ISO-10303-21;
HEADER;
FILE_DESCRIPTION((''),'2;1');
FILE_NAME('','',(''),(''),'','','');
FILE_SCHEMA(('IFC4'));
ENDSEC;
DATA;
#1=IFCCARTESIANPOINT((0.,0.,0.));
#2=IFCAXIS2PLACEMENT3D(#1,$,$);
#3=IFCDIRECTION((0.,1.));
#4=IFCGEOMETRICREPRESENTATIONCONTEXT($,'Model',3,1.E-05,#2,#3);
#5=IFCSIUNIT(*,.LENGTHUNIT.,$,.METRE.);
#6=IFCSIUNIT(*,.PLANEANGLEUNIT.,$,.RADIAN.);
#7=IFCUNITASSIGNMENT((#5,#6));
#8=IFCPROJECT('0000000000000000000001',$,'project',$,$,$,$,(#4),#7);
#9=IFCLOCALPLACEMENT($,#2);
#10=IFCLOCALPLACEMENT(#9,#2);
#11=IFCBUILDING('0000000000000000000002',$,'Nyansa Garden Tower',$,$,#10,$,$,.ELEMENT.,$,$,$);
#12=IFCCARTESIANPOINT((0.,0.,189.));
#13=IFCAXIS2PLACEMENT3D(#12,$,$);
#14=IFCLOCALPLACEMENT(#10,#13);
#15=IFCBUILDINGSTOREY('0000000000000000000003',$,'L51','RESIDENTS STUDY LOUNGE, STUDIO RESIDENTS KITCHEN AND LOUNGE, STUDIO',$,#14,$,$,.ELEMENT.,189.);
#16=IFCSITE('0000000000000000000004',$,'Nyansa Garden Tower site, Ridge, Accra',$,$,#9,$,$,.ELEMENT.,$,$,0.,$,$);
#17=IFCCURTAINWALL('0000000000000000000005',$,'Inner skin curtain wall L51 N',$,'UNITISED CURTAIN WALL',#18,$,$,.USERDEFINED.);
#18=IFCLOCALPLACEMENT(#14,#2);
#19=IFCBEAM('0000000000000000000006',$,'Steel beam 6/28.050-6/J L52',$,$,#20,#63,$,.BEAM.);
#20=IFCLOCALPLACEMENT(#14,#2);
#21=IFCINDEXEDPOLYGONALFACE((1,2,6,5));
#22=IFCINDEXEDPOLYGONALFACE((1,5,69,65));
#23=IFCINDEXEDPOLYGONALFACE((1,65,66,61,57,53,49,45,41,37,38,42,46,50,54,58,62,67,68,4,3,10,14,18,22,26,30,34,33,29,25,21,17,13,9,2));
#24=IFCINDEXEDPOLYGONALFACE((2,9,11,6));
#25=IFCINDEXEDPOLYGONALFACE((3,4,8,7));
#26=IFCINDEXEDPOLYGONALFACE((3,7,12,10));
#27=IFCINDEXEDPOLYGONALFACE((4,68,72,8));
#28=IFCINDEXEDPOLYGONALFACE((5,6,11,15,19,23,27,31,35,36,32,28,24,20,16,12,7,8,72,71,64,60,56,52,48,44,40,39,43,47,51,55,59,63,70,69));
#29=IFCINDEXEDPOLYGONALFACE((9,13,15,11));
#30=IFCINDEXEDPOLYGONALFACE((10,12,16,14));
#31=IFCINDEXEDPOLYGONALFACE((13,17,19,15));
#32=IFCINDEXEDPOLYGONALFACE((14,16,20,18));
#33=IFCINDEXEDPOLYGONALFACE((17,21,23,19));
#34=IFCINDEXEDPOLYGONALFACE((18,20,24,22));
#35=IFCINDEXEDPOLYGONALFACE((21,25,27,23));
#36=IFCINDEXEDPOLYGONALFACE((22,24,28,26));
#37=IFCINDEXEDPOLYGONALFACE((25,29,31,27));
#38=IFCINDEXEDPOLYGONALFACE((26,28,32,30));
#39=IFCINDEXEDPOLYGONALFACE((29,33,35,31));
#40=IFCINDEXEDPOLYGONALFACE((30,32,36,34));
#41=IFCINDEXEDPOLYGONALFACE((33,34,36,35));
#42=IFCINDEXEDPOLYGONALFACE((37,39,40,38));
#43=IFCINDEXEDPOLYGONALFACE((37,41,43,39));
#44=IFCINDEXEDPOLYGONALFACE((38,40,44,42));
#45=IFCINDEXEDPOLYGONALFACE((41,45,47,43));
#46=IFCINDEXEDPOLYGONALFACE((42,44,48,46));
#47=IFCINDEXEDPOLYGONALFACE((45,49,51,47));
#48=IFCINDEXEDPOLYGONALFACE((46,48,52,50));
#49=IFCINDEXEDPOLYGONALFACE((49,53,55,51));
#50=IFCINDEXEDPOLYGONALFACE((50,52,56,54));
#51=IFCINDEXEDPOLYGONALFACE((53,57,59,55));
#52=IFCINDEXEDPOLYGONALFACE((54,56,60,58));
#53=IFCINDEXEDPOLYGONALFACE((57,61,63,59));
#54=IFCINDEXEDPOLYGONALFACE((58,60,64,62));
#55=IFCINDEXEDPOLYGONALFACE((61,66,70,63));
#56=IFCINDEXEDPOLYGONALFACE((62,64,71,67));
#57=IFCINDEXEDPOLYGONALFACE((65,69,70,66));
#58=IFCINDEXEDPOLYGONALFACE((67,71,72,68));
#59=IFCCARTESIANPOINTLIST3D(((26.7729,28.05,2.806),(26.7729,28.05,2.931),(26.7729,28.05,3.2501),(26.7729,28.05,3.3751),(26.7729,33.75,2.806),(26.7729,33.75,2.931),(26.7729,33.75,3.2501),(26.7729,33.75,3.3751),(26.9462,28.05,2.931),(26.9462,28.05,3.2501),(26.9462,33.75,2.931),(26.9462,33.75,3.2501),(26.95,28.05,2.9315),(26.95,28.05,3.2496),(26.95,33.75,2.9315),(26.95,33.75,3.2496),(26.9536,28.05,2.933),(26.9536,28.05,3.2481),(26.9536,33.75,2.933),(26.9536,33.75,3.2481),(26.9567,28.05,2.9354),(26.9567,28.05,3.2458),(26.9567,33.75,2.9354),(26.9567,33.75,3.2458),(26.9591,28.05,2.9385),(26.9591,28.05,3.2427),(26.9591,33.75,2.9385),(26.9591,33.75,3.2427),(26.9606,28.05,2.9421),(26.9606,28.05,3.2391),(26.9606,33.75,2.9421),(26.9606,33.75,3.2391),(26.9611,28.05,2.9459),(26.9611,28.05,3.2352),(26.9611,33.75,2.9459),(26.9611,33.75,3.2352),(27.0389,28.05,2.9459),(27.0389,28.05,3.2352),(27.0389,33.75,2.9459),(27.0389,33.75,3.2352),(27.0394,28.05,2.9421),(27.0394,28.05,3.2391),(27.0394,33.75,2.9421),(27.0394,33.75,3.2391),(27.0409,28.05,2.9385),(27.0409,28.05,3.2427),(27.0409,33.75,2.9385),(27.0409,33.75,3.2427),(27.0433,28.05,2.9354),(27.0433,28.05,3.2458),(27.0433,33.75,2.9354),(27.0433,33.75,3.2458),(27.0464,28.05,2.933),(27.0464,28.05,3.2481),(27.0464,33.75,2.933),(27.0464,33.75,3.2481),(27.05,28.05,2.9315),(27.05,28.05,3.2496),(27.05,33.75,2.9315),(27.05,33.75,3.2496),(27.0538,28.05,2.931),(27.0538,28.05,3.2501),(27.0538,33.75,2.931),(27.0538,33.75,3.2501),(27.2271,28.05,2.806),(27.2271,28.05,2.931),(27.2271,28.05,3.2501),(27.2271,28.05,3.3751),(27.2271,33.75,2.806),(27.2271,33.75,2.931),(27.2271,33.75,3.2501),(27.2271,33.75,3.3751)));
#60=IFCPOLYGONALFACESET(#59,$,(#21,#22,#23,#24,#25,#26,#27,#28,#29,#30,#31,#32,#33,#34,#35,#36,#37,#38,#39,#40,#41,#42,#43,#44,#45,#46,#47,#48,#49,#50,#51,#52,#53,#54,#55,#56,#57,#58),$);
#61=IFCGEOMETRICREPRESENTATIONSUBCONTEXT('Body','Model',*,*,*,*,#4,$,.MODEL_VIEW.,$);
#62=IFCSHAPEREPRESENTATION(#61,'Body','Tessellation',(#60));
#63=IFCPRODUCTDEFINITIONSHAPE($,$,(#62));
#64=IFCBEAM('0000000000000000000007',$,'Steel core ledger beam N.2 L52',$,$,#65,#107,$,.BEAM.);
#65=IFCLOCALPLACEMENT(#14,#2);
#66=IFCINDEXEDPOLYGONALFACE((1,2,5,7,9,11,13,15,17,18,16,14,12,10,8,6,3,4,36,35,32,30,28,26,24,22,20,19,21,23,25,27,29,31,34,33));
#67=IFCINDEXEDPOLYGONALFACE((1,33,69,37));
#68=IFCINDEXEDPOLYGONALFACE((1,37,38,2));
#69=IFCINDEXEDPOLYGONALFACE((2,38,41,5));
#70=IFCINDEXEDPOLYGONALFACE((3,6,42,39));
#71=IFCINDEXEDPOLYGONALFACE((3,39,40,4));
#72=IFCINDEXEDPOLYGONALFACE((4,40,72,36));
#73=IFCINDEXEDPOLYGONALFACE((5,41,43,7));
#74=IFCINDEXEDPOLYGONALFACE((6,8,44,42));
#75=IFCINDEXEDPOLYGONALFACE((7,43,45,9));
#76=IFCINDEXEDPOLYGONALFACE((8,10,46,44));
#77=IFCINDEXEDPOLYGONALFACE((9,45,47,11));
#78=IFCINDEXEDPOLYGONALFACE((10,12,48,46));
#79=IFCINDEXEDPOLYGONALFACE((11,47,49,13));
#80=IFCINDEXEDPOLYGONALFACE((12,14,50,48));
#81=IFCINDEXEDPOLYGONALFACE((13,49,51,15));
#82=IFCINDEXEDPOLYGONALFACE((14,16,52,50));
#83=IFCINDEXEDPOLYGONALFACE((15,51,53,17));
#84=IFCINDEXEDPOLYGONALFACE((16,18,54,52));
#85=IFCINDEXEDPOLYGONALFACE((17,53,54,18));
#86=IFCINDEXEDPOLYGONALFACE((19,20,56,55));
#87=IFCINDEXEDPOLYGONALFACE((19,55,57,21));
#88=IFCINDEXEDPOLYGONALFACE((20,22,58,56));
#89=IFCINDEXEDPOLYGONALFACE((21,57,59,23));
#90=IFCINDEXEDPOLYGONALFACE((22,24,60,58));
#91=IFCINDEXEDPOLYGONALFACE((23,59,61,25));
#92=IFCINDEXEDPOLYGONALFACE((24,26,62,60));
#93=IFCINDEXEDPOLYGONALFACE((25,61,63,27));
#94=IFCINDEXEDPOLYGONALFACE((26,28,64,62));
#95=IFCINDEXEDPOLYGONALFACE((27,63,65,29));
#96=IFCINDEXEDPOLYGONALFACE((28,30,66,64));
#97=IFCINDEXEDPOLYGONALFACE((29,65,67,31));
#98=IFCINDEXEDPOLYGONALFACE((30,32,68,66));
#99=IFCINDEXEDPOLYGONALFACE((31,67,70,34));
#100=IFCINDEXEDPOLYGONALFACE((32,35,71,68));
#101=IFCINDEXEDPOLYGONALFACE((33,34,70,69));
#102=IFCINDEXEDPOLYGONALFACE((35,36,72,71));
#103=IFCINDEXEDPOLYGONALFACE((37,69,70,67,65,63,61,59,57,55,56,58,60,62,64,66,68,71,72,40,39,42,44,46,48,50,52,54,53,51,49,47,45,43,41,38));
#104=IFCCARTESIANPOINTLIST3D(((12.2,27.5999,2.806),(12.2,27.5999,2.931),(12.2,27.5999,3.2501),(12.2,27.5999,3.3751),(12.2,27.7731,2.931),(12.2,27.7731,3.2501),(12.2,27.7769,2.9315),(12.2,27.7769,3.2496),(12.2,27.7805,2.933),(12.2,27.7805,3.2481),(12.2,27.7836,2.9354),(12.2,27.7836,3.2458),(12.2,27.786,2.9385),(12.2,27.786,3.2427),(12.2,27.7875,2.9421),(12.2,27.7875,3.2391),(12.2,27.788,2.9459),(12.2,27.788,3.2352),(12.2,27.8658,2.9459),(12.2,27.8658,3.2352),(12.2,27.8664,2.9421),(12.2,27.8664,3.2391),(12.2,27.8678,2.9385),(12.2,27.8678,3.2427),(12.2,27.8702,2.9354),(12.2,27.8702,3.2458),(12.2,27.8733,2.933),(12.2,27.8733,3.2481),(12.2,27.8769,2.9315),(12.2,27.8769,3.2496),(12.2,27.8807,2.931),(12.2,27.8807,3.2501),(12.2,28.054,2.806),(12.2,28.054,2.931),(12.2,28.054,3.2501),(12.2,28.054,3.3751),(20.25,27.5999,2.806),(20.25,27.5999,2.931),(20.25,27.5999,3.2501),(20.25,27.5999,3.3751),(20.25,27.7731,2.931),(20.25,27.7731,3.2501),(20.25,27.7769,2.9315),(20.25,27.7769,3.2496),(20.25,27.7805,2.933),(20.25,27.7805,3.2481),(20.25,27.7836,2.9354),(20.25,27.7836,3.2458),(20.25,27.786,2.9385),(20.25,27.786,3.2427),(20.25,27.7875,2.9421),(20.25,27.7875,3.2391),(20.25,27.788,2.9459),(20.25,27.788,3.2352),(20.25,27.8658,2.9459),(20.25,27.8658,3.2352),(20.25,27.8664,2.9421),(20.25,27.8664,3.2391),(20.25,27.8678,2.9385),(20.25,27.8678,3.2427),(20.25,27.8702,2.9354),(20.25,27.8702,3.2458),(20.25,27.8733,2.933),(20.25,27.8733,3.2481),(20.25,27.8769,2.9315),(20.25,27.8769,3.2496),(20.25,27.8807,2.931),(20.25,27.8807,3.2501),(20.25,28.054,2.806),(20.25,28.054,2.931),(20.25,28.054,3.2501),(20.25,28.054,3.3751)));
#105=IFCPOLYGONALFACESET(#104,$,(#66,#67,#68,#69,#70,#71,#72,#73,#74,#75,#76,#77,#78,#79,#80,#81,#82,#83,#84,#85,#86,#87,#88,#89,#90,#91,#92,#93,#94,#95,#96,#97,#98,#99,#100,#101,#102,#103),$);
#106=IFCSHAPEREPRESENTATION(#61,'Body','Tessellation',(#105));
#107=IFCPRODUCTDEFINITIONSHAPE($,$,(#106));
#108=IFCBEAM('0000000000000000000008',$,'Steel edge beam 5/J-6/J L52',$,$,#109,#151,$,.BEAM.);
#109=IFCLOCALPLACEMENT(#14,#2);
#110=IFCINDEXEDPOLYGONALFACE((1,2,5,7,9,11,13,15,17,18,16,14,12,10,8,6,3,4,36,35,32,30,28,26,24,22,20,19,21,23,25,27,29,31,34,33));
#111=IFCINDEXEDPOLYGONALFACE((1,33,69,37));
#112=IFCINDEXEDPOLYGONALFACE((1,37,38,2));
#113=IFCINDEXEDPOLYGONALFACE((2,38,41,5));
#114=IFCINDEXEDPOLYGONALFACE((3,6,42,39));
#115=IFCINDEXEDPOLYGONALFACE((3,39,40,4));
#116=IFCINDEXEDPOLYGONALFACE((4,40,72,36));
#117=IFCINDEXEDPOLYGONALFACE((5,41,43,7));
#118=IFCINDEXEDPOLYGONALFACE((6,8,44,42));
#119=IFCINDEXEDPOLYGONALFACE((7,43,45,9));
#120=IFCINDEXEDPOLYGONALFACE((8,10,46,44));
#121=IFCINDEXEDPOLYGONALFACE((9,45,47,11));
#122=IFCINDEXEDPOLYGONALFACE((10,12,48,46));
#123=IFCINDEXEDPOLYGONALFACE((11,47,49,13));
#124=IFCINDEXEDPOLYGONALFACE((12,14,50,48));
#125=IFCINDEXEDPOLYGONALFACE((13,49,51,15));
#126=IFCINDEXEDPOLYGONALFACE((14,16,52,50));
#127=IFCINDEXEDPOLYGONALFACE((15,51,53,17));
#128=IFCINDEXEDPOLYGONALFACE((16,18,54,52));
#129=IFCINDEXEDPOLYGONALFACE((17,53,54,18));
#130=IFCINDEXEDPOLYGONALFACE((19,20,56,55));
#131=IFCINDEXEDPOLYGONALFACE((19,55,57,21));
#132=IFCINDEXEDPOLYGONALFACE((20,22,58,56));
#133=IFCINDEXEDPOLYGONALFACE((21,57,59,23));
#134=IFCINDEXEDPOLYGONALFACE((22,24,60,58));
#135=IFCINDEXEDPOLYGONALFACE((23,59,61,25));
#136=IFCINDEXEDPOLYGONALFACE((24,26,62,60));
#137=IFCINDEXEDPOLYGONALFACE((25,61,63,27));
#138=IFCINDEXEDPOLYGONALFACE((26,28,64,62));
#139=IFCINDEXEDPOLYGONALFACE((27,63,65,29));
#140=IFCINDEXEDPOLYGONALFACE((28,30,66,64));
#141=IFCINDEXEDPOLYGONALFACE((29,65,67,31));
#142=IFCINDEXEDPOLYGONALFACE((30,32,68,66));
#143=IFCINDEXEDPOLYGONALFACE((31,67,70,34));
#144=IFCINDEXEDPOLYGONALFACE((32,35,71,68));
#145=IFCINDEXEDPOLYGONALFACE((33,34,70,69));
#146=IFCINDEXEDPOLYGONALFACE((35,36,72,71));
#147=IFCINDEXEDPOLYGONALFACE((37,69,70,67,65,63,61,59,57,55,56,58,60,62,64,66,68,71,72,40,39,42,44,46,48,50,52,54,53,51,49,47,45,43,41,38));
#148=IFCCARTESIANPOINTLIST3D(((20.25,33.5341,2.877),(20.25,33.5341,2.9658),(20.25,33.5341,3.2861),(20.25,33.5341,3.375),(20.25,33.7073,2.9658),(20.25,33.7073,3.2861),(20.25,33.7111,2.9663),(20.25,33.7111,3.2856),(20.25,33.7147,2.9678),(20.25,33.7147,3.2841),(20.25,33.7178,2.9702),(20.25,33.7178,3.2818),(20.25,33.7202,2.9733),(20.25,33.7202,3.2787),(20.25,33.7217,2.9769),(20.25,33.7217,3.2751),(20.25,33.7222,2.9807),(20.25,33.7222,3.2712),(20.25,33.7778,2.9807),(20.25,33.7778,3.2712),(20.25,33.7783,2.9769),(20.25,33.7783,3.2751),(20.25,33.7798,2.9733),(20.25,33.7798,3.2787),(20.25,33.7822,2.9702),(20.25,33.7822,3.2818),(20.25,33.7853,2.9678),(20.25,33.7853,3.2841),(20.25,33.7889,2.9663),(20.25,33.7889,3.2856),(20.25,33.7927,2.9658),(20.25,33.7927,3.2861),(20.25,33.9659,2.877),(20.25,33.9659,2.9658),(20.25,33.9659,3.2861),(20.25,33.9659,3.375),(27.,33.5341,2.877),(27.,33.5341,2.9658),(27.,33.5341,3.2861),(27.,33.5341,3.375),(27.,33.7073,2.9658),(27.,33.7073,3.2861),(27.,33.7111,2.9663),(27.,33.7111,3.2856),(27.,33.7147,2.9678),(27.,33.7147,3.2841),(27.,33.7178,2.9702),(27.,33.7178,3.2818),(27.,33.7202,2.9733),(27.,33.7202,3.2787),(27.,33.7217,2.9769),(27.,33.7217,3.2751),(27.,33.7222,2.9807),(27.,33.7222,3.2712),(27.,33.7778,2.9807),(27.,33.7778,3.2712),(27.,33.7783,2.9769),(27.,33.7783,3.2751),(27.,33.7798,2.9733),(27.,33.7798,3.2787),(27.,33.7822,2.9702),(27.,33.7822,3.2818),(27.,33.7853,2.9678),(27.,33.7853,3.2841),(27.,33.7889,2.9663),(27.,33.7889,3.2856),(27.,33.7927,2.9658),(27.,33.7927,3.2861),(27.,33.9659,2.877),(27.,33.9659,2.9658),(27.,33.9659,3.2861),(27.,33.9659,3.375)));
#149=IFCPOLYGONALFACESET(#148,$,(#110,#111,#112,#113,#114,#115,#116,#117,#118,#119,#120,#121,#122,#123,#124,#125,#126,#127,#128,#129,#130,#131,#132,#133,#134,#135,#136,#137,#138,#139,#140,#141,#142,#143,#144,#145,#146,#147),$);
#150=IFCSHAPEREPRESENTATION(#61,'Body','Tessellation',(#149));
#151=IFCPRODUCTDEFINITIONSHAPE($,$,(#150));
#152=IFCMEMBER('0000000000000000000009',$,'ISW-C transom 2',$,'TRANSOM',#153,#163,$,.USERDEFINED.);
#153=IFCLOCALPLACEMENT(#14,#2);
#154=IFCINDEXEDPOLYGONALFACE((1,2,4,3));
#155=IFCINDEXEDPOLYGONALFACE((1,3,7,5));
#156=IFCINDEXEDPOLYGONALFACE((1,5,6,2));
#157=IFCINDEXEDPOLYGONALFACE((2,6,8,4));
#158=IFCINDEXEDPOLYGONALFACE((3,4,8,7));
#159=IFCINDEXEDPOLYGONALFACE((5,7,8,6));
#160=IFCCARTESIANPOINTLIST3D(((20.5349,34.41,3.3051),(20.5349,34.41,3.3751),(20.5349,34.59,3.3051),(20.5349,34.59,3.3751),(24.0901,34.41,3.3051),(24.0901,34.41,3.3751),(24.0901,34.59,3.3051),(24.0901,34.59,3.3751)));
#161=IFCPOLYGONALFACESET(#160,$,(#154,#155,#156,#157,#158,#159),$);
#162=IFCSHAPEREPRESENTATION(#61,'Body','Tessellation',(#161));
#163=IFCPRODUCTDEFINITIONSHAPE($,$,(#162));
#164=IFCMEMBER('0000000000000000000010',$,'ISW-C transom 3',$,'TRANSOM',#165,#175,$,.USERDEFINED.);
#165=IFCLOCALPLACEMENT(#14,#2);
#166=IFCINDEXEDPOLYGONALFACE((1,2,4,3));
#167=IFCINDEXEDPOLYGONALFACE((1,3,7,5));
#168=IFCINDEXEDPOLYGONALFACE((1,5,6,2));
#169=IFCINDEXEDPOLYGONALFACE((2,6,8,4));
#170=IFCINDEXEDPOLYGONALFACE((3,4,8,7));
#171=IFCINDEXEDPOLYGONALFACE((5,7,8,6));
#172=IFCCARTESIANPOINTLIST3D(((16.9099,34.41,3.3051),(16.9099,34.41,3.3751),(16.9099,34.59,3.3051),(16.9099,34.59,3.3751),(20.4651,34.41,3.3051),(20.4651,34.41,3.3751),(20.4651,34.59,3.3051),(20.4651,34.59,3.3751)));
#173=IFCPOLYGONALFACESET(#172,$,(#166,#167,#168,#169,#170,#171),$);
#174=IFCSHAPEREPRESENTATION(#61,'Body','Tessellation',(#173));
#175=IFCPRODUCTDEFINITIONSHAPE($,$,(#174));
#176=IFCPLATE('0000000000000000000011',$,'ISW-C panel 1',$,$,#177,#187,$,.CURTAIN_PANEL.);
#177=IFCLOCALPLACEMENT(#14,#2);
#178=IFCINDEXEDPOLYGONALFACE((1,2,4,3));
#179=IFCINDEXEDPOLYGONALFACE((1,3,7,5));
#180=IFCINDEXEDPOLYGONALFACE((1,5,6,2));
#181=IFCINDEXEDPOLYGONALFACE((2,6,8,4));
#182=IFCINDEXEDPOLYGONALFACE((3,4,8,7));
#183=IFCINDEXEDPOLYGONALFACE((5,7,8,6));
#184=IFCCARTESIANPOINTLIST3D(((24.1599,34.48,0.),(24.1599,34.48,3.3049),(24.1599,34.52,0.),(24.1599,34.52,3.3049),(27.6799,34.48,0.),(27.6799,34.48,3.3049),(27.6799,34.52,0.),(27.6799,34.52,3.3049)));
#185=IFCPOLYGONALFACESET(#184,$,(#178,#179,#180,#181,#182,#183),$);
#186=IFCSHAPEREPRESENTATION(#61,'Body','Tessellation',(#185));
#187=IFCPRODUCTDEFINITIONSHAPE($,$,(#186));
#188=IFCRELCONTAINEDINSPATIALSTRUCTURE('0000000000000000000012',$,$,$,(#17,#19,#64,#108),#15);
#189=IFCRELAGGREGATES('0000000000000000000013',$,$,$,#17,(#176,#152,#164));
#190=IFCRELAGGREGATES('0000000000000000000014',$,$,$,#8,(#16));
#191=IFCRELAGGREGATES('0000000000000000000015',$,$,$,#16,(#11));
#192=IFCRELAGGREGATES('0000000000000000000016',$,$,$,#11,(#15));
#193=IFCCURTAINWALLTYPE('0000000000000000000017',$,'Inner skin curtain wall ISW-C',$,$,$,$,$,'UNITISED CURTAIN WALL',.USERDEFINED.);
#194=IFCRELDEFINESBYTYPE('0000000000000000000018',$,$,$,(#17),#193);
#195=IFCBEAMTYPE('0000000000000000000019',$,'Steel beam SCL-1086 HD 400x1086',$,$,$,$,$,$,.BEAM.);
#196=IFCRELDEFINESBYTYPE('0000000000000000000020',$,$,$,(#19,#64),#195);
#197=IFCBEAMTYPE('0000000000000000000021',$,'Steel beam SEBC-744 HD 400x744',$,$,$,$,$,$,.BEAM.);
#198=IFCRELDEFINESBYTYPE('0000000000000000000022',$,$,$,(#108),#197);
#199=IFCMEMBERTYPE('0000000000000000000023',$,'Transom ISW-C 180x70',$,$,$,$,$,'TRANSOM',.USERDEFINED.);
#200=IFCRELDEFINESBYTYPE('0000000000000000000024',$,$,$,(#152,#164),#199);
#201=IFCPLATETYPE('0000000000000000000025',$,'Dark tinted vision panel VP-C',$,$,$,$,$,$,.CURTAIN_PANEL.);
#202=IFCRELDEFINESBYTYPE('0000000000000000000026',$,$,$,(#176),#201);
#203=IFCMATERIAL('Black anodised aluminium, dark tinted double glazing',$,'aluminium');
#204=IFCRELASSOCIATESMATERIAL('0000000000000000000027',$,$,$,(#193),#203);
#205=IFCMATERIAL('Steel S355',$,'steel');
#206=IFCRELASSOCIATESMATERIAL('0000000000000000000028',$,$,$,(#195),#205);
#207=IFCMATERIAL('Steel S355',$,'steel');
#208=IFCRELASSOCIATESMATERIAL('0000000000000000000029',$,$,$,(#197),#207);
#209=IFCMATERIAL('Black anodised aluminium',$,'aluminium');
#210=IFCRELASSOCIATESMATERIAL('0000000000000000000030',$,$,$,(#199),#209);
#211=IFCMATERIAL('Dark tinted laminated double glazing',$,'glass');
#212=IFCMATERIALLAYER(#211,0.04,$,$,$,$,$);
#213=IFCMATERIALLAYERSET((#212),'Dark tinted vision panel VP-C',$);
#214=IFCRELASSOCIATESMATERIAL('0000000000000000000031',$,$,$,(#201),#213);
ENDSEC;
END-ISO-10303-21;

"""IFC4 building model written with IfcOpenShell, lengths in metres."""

from ifc_helpers import new_model, si_unit, direction, frame, origin, origin_2d, place, context, subcontext, project, spatial, rectangle, i_section, extrude, material, layer, layer_set, material_profile, profile_set, type_object, element, aggregate, save


model = new_model("IFC4")

# Units and contexts
model_context = context("Model", 3, precision=1e-05, world=origin(), true_north=direction((0.0, 1.0)))
body_context = subcontext(model_context, "Body", "Model", "MODEL_VIEW")
ifc_project = project(units=[si_unit("LENGTHUNIT", "METRE"), si_unit("PLANEANGLEUNIT", "RADIAN")], contexts=[model_context])

# Site, building, storey
site_placement = place(None, origin())
site = spatial("IfcSite", under=ifc_project, at=site_placement, Name="Nyansa Garden Tower site, Ridge, Accra", CompositionType="ELEMENT", RefElevation=0.0)
building_placement = place(site_placement, origin())
building = spatial("IfcBuilding", under=site, at=building_placement, Name="Nyansa Garden Tower", CompositionType="ELEMENT")
storey_placement = place(building_placement, frame((0.0, 0.0, 189.0)))
storey = spatial("IfcBuildingStorey", under=building, at=storey_placement, Name="L51", Description="RESIDENTS STUDY LOUNGE, STUDIO RESIDENTS KITCHEN AND LOUNGE, STUDIO", CompositionType="ELEMENT", Elevation=189.0)

# Curtain wall
ifc_material_1 = material(Name="Black anodised aluminium, dark tinted double glazing", Category="aluminium")
curtain_wall_type = type_object("IfcCurtainWallType", Name="Inner skin curtain wall ISW-C", ElementType="UNITISED CURTAIN WALL", PredefinedType="USERDEFINED", material=ifc_material_1)
curtain_wall_placement = place(storey_placement, origin())
curtain_wall = element("IfcCurtainWall", 1, at=curtain_wall_placement, inside=storey, type_object=curtain_wall_type, Name="Inner skin curtain wall L51 N", ObjectType="UNITISED CURTAIN WALL", PredefinedType="USERDEFINED")

# Beams
ifc_material_2 = material(Name="Steel S355", Category="steel")
ifc_material_profile_1 = material_profile(ifc_material_2, i_section(OverallWidth=0.4541, OverallDepth=0.5691, WebThickness=0.0779, FlangeThickness=0.125, FilletRadius=0.0149, at=origin_2d()), Name="HD 400x1086")
ifc_profile_set_1 = profile_set([ifc_material_profile_1], Name="Steel S355")
beam_type_1 = type_object("IfcBeamType", Name="Steel beam SCL-1086 HD 400x1086", PredefinedType="BEAM", material=ifc_profile_set_1)
for number, where, z_axis, x_axis, name in (
    (2, (27.0, 28.05, 3.0906), (0.0, 1.0, 0.0), (-1.0, 0.0, 0.0), "Steel beam 6/28.050-6/J L52"),
):
    element("IfcBeam", number, at=place(storey_placement, frame(where, z_axis=z_axis, x_axis=x_axis)), inside=storey, type_object=beam_type_1, Name=name, PredefinedType="BEAM", context=body_context, shape_type="SweptSolid", body=[
        extrude(i_section(OverallWidth=0.4541, OverallDepth=0.5691, WebThickness=0.0779, FlangeThickness=0.125, FilletRadius=0.0149, at=origin_2d()), origin(), (0.0, 0.0, 1.0), 5.7),
    ])
beam_1_placement = place(storey_placement, frame((20.25, 27.8269, 3.0906), z_axis=(-1.0, 0.0, 0.0), x_axis=(0.0, -1.0, 0.0)))
element("IfcBeam", 3, at=beam_1_placement, inside=storey, type_object=beam_type_1, Name="Steel core ledger beam N.2 L52", PredefinedType="BEAM", context=body_context, shape_type="SweptSolid", body=[
    extrude(i_section(OverallWidth=0.4541, OverallDepth=0.5691, WebThickness=0.0779, FlangeThickness=0.125, FilletRadius=0.0149, at=origin_2d()), origin(), (0.0, 0.0, 1.0), 8.05),
])
ifc_material_3 = material(Name="Steel S355", Category="steel")
ifc_material_profile_2 = material_profile(ifc_material_3, i_section(OverallWidth=0.4319, OverallDepth=0.498, WebThickness=0.0557, FlangeThickness=0.0889, FilletRadius=0.0149, at=origin_2d()), Name="HD 400x744")
ifc_profile_set_2 = profile_set([ifc_material_profile_2], Name="Steel S355")
beam_type_2 = type_object("IfcBeamType", Name="Steel beam SEBC-744 HD 400x744", PredefinedType="BEAM", material=ifc_profile_set_2)
beam_2_placement = place(storey_placement, frame((20.25, 33.75, 3.126), z_axis=(1.0, 0.0, 0.0), x_axis=(0.0, 1.0, 0.0)))
element("IfcBeam", 4, at=beam_2_placement, inside=storey, type_object=beam_type_2, Name="Steel edge beam 5/J-6/J L52", PredefinedType="BEAM", context=body_context, shape_type="SweptSolid", body=[
    extrude(i_section(OverallWidth=0.4319, OverallDepth=0.498, WebThickness=0.0557, FlangeThickness=0.0889, FilletRadius=0.0149, at=origin_2d()), origin(), (0.0, 0.0, 1.0), 6.75),
])

# Members
ifc_material_4 = material(Name="Black anodised aluminium", Category="aluminium")
ifc_material_profile_3 = material_profile(ifc_material_4, rectangle(XDim=0.1799, YDim=0.0701, at=origin_2d()), Name="Transom 180x70")
ifc_profile_set_3 = profile_set([ifc_material_profile_3], Name="Black anodised aluminium")
member_type_1 = type_object("IfcMemberType", Name="Transom ISW-C 180x70", ElementType="TRANSOM", PredefinedType="USERDEFINED", material=ifc_profile_set_3)
member_1_placement = place(storey_placement, frame((24.0901, 34.5, 3.3401), z_axis=(-1.0, 0.0, 0.0), x_axis=(0.0, -1.0, 0.0)))
member_1 = element("IfcMember", 5, at=member_1_placement, type_object=member_type_1, Name="ISW-C transom 2", ObjectType="TRANSOM", PredefinedType="USERDEFINED", context=body_context, shape_type="SweptSolid", body=[
    extrude(rectangle(XDim=0.1799, YDim=0.0701, at=origin_2d()), origin(), (0.0, 0.0, 1.0), 3.5552),
])
member_2_placement = place(storey_placement, frame((20.4651, 34.5, 3.3401), z_axis=(-1.0, 0.0, 0.0), x_axis=(0.0, -1.0, 0.0)))
member_2 = element("IfcMember", 6, at=member_2_placement, type_object=member_type_1, Name="ISW-C transom 3", ObjectType="TRANSOM", PredefinedType="USERDEFINED", context=body_context, shape_type="SweptSolid", body=[
    extrude(rectangle(XDim=0.1799, YDim=0.0701, at=origin_2d()), origin(), (0.0, 0.0, 1.0), 3.5552),
])

# Plate
ifc_material_5 = material(Name="Dark tinted laminated double glazing", Category="glass")
ifc_layer_1 = layer(ifc_material_5, 0.04)
ifc_layer_set_1 = layer_set([ifc_layer_1], Name="Dark tinted vision panel VP-C")
plate_type = type_object("IfcPlateType", Name="Dark tinted vision panel VP-C", PredefinedType="CURTAIN_PANEL", material=ifc_layer_set_1)
plate_1_placement = place(storey_placement, frame((25.9199, 34.5, 0.0), z_axis=(0.0, 0.0, 1.0), x_axis=(-1.0, 0.0, 0.0)))
plate_1 = element("IfcPlate", 7, at=plate_1_placement, type_object=plate_type, Name="ISW-C panel 1", PredefinedType="CURTAIN_PANEL", context=body_context, shape_type="SweptSolid", body=[
    extrude(rectangle(XDim=3.52, YDim=0.04, at=origin_2d()), origin(), (0.0, 0.0, 1.0), 3.3049),
])
aggregate(curtain_wall, [plate_1, member_1, member_2])

save(model, "model.ifc")
